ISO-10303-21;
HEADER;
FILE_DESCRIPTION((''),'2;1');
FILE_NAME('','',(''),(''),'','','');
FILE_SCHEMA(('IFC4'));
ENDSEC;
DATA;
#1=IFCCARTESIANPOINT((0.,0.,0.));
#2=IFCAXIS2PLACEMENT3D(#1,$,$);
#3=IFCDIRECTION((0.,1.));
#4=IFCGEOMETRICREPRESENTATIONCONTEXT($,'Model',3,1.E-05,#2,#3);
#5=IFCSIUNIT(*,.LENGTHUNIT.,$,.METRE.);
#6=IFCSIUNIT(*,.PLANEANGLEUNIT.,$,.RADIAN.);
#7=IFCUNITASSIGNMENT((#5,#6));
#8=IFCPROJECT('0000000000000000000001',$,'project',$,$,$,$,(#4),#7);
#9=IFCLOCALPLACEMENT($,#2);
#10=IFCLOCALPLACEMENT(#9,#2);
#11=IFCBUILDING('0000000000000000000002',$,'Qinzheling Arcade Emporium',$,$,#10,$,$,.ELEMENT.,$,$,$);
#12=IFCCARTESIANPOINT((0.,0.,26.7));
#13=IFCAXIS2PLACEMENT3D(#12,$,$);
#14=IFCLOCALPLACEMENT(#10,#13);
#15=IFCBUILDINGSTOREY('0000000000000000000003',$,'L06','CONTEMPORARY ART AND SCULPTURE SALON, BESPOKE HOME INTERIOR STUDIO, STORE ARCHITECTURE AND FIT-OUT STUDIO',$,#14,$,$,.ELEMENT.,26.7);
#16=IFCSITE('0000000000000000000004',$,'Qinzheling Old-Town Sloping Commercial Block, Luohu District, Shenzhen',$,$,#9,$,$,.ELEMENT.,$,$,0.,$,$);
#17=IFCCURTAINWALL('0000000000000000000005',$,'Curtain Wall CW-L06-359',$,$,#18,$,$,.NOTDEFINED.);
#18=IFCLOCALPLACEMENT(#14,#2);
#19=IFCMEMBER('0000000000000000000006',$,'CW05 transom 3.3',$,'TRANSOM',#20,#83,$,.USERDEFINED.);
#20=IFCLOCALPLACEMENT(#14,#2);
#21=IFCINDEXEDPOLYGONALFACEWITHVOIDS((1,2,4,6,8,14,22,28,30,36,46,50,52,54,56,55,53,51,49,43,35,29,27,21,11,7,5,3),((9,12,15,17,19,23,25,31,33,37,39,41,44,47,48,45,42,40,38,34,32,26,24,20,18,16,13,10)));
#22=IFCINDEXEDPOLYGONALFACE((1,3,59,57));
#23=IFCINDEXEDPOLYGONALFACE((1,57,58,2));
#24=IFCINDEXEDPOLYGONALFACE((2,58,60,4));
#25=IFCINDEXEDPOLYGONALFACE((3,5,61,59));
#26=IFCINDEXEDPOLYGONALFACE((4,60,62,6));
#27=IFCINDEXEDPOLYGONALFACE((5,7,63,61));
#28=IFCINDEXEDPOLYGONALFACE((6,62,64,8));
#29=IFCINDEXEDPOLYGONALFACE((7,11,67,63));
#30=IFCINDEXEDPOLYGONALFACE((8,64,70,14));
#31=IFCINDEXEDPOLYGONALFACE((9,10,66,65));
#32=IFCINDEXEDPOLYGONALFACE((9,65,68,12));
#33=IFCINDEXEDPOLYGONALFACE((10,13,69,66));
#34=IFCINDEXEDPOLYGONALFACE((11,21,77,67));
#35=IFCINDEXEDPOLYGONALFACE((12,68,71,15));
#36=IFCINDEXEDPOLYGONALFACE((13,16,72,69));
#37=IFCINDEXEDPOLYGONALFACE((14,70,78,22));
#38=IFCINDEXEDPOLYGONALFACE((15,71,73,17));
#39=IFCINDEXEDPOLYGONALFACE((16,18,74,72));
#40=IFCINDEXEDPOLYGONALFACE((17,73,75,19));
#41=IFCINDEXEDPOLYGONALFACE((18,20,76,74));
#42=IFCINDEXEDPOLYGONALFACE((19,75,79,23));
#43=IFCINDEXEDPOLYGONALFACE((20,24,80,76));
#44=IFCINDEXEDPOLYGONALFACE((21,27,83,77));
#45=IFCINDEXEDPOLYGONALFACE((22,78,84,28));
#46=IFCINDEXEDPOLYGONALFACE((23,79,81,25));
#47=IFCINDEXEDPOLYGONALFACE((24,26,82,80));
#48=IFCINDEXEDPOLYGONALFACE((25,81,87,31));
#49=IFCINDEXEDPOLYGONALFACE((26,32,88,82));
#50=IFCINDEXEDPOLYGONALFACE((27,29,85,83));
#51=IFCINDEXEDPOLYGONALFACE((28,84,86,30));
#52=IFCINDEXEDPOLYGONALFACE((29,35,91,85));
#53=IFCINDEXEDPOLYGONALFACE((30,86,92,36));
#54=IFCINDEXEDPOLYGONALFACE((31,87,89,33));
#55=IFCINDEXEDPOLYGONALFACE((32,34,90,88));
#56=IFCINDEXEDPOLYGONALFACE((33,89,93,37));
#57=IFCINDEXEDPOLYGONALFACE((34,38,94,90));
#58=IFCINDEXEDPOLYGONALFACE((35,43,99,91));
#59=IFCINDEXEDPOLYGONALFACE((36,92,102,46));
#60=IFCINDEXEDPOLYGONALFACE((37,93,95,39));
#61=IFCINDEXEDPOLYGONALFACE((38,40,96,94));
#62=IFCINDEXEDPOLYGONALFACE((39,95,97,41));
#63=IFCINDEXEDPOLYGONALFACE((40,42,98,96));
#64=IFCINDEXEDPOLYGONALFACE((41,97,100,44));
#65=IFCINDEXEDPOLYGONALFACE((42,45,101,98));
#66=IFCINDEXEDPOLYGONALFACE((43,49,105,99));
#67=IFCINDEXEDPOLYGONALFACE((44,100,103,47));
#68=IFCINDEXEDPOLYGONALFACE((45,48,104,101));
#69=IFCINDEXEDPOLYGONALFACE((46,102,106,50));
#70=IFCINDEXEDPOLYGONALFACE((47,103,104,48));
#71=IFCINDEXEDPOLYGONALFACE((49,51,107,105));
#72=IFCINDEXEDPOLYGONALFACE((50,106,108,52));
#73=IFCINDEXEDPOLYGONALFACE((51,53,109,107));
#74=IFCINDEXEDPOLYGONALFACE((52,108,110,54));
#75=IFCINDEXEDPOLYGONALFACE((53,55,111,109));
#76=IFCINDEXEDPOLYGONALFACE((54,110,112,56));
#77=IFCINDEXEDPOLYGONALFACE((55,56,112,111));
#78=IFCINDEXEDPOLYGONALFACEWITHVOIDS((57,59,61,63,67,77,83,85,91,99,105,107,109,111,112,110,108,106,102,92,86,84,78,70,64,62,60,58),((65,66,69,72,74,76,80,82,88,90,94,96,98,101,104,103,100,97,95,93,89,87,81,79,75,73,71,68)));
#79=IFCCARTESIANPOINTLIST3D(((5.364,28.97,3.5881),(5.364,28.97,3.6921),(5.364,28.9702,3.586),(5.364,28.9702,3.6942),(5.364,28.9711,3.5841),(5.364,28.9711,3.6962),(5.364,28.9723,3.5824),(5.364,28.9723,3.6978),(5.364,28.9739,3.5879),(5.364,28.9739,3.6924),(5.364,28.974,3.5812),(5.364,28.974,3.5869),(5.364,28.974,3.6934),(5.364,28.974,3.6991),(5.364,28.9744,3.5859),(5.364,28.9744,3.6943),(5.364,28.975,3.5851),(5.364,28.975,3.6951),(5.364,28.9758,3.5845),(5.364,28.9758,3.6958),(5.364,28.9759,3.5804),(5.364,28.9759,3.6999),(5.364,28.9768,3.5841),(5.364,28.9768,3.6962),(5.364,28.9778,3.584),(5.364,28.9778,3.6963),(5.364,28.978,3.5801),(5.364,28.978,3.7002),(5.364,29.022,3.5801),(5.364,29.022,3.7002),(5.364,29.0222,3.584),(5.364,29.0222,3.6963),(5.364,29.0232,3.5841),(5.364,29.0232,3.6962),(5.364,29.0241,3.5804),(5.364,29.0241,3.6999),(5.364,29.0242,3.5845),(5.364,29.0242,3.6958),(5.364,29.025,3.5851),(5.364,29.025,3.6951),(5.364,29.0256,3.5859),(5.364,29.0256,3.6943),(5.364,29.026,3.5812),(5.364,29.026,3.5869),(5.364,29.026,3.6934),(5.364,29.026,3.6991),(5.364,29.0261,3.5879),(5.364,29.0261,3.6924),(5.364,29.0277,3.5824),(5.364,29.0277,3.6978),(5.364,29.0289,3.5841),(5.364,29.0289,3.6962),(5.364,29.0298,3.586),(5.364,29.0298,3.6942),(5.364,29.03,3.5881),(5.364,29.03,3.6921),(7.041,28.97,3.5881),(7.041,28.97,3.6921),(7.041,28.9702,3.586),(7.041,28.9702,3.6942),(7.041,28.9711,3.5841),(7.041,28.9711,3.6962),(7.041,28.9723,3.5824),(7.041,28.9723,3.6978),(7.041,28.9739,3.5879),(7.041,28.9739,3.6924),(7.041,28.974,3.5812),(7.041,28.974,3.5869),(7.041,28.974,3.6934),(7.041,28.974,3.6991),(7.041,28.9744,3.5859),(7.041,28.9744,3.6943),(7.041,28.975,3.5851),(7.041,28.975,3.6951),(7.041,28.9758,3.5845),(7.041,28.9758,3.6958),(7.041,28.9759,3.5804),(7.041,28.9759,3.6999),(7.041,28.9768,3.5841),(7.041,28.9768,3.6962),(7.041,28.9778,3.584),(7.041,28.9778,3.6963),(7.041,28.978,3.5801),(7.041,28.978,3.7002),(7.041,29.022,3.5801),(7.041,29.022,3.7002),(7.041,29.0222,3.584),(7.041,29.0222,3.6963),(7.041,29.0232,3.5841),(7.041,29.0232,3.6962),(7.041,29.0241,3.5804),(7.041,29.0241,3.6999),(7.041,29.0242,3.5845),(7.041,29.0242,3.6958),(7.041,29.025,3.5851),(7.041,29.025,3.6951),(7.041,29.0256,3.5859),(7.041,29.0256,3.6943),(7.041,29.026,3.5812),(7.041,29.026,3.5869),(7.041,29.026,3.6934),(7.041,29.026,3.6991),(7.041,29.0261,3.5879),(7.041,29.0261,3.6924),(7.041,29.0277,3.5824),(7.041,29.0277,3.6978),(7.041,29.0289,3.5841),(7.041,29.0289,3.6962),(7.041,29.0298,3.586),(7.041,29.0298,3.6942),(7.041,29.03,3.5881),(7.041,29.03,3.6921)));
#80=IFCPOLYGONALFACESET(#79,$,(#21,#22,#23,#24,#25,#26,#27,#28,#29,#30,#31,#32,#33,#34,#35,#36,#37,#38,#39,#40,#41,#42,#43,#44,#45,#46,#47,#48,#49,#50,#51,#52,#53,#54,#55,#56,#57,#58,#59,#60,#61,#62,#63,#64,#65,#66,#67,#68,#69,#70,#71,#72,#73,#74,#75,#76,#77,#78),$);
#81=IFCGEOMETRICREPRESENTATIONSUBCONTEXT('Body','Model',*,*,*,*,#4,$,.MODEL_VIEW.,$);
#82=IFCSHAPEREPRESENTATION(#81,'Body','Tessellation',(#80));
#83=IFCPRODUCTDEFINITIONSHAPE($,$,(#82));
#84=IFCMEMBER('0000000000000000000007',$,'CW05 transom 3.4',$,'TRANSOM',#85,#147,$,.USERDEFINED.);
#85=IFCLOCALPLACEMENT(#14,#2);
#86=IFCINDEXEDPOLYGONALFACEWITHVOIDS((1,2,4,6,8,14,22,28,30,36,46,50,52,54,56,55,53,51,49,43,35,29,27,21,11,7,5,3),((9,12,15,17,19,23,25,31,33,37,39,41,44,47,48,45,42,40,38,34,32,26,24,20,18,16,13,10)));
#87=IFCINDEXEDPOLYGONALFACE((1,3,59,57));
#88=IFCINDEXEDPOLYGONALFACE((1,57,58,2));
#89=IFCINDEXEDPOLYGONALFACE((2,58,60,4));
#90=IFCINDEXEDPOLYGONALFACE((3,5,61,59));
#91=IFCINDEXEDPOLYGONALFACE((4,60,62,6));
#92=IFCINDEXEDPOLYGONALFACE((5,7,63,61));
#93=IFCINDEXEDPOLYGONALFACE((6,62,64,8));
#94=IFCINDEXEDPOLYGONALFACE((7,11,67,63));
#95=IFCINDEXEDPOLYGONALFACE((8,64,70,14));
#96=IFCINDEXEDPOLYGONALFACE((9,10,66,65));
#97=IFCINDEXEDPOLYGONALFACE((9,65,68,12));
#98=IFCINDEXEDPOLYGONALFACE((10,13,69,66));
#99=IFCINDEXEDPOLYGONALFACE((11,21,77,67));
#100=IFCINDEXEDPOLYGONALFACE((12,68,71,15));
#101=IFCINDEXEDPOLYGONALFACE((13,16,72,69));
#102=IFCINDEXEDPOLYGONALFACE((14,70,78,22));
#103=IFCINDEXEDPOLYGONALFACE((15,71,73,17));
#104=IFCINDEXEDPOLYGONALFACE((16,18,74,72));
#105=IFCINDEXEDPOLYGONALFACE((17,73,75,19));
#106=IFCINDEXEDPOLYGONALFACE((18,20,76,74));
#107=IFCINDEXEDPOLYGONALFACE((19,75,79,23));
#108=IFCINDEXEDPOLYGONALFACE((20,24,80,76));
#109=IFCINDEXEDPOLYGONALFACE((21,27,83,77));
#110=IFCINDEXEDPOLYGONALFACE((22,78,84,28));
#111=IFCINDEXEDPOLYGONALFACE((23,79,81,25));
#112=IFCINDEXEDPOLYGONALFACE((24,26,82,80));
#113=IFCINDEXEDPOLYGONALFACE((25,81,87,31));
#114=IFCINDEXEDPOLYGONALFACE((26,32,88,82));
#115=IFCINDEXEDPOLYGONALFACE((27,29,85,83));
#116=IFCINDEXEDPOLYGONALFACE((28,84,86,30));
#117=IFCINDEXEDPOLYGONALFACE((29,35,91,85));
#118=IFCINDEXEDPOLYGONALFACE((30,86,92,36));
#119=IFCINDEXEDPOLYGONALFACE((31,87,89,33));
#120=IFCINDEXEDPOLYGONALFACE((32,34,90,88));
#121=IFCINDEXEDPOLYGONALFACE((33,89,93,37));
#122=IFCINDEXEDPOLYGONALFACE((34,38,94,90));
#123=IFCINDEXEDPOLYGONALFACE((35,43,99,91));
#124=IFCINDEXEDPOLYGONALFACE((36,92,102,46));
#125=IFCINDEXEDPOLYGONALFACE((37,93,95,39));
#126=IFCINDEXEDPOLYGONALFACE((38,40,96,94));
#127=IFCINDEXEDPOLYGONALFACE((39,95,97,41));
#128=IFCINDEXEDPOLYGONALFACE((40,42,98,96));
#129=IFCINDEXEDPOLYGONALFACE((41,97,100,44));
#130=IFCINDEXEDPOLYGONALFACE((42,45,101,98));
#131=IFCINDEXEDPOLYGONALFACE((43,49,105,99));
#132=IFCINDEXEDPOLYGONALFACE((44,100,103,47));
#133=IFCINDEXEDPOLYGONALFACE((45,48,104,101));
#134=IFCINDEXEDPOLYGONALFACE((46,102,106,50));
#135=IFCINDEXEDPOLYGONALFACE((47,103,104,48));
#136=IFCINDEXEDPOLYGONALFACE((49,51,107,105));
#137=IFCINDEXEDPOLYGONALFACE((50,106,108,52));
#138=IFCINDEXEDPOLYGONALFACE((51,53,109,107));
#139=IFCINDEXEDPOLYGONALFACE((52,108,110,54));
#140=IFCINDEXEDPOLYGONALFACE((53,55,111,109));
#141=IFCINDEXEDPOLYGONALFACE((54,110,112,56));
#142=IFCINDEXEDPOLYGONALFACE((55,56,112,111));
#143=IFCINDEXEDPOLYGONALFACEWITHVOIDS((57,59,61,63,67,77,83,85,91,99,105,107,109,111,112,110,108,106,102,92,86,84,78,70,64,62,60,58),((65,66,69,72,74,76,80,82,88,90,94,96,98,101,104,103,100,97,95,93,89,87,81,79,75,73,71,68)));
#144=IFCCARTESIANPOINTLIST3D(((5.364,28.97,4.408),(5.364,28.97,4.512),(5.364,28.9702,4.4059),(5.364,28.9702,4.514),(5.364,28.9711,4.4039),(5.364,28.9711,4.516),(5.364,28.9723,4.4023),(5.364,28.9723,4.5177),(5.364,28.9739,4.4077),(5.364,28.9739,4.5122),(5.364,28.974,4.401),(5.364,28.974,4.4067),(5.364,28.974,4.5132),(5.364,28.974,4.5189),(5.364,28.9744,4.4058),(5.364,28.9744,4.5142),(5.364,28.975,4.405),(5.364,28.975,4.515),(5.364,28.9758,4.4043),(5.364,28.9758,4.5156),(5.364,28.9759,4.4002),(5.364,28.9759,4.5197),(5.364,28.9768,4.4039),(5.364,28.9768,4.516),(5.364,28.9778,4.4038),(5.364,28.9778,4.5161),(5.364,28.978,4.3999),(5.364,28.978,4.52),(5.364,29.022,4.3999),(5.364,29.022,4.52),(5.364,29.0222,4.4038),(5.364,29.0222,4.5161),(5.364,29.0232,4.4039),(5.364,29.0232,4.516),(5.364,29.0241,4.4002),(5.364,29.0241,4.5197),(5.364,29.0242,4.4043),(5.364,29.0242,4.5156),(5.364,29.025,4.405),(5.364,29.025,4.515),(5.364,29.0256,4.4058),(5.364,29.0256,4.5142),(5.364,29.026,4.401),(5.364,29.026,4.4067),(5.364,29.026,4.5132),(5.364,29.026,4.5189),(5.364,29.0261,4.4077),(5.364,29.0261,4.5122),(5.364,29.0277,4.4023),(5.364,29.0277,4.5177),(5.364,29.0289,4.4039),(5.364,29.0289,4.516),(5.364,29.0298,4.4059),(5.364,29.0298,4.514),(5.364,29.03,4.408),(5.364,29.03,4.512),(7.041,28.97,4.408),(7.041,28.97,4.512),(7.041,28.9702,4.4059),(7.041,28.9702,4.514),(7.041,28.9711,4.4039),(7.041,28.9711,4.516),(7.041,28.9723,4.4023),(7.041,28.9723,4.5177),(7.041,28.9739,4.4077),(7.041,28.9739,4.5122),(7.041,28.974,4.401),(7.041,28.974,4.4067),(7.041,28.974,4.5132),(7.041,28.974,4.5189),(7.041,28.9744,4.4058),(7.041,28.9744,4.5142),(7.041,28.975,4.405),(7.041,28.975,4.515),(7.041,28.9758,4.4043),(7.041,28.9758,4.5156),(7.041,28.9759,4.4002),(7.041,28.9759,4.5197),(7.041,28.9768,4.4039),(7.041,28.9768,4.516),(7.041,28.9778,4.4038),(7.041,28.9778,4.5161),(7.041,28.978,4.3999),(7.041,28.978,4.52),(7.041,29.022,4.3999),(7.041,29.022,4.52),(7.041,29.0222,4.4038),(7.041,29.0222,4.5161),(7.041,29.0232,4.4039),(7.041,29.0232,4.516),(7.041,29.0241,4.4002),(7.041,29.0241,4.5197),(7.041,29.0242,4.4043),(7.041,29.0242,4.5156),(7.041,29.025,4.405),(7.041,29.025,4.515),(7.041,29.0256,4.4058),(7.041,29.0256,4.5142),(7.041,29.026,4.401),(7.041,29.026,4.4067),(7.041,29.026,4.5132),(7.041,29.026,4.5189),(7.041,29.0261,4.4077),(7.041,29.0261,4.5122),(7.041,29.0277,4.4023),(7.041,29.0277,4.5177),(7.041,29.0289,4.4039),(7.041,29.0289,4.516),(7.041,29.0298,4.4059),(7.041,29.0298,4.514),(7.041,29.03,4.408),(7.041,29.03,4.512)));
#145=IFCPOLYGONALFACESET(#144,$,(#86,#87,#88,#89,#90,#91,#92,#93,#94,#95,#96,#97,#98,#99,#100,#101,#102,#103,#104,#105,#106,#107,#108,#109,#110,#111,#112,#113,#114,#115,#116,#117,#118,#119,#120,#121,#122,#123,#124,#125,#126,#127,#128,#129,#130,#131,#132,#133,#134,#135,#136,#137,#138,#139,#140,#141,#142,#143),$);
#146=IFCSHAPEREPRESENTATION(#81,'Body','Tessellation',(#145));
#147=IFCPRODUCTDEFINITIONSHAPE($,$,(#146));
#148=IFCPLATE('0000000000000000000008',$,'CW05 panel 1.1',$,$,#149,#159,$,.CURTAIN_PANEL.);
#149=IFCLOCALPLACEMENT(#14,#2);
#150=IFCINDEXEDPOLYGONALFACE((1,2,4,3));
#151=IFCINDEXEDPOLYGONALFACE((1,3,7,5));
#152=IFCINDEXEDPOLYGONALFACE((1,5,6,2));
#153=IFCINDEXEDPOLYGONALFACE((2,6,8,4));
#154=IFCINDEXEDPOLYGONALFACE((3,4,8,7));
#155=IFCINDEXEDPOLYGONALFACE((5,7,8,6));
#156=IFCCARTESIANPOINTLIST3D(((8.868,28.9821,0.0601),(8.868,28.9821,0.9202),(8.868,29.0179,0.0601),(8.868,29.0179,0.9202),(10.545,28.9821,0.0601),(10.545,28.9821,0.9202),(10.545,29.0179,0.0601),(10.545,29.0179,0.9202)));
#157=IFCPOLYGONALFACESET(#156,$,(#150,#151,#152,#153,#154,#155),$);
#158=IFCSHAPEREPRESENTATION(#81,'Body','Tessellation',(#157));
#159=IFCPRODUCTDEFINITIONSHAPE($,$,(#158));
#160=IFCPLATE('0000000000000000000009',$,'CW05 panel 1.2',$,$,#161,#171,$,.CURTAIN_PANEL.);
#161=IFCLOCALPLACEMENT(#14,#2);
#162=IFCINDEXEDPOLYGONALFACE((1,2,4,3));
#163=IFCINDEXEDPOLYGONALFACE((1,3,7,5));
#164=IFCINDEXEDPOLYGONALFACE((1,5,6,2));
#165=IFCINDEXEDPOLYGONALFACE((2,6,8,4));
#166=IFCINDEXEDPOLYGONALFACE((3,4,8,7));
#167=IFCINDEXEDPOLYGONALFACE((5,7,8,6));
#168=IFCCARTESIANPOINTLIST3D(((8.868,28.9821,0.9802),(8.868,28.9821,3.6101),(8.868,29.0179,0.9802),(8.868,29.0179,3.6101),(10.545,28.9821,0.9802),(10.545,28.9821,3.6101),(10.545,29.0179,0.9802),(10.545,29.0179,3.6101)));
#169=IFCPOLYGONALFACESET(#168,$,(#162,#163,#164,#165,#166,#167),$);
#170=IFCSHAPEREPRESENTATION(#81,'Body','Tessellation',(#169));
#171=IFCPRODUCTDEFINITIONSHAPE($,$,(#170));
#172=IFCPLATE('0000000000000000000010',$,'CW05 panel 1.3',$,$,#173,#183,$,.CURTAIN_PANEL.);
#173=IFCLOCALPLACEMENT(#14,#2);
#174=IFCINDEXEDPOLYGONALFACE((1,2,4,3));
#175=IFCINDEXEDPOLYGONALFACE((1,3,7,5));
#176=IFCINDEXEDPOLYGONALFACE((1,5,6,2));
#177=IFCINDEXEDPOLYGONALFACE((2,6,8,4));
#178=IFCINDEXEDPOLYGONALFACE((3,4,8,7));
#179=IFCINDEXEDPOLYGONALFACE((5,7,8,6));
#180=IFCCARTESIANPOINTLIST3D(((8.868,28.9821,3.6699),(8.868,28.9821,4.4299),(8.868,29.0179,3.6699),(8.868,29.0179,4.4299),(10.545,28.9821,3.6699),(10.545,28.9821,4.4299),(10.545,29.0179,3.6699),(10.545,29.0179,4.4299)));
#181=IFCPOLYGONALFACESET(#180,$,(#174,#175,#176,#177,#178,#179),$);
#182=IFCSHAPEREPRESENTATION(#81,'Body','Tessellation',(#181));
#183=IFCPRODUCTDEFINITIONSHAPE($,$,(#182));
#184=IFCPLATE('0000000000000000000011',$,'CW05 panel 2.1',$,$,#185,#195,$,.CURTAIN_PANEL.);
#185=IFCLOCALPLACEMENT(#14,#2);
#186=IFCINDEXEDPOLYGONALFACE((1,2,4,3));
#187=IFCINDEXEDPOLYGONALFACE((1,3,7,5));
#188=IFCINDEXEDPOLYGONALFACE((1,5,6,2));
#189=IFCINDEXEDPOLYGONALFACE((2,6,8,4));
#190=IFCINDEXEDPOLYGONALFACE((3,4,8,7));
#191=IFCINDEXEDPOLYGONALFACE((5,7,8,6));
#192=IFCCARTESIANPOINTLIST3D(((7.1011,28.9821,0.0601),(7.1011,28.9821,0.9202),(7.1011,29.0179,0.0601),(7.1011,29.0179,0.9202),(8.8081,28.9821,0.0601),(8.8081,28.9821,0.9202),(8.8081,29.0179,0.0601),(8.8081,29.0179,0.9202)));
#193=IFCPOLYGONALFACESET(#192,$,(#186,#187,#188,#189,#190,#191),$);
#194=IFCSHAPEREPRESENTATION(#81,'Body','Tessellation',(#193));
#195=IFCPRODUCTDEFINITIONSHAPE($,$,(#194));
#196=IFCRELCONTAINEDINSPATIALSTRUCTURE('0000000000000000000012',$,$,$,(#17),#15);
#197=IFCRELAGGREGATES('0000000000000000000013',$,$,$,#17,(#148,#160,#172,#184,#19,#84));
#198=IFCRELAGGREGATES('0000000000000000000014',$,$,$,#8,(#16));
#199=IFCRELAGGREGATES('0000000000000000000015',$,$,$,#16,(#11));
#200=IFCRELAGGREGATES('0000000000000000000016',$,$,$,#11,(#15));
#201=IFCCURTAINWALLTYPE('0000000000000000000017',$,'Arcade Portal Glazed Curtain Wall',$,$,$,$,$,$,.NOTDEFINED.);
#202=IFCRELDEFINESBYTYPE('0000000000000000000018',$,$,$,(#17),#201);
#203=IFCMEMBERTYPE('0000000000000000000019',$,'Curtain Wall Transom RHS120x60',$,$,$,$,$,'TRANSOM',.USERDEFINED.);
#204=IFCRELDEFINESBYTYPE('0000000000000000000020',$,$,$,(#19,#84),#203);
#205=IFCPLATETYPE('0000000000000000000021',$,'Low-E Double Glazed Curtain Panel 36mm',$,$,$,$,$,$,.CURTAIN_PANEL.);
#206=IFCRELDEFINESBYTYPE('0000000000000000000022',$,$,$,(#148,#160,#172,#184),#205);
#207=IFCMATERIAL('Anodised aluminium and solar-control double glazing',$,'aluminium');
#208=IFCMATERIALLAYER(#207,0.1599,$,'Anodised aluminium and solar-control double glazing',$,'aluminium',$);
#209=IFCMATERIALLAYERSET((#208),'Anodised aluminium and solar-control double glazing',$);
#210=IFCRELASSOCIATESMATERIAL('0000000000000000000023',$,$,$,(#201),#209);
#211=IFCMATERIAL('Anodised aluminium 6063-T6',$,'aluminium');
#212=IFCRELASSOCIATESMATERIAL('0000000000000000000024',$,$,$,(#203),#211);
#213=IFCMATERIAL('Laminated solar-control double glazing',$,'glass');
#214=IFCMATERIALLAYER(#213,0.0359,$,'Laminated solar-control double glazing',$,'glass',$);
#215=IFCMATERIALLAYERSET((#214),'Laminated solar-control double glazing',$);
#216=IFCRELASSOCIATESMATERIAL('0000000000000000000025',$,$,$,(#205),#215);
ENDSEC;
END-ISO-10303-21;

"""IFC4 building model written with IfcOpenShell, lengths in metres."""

from ifc_helpers import new_model, si_unit, direction, frame, origin, origin_2d, place, context, subcontext, project, spatial, rectangle, hollow_rectangle, extrude, material, layer, layer_set, material_profile, profile_set, type_object, element, aggregate, save


model = new_model("IFC4")

# Units and contexts
model_context = context("Model", 3, precision=1e-05, world=origin(), true_north=direction((0.0, 1.0)))
body_context = subcontext(model_context, "Body", "Model", "MODEL_VIEW")
ifc_project = project(units=[si_unit("LENGTHUNIT", "METRE"), si_unit("PLANEANGLEUNIT", "RADIAN")], contexts=[model_context])

# Site, building, storey
site_placement = place(None, origin())
site = spatial("IfcSite", under=ifc_project, at=site_placement, Name="Qinzheling Old-Town Sloping Commercial Block, Luohu District, Shenzhen", CompositionType="ELEMENT", RefElevation=0.0)
building_placement = place(site_placement, origin())
building = spatial("IfcBuilding", under=site, at=building_placement, Name="Qinzheling Arcade Emporium", CompositionType="ELEMENT")
storey_placement = place(building_placement, frame((0.0, 0.0, 26.7)))
storey = spatial("IfcBuildingStorey", under=building, at=storey_placement, Name="L06", Description="CONTEMPORARY ART AND SCULPTURE SALON, BESPOKE HOME INTERIOR STUDIO, STORE ARCHITECTURE AND FIT-OUT STUDIO", CompositionType="ELEMENT", Elevation=26.7)

# Shared definitions
ifc_material_1 = material(Name="Anodised aluminium and solar-control double glazing", Category="aluminium")
ifc_material_2 = material(Name="Anodised aluminium 6063-T6", Category="aluminium")

# Curtain wall
ifc_layer_1 = layer(ifc_material_1, 0.1599, Name="Anodised aluminium and solar-control double glazing", Category="aluminium")
ifc_layer_set_1 = layer_set([ifc_layer_1], Name="Anodised aluminium and solar-control double glazing")
curtain_wall_type_1 = type_object("IfcCurtainWallType", Name="Arcade Portal Glazed Curtain Wall", PredefinedType="NOTDEFINED", material=ifc_layer_set_1)
curtain_wall_1_placement = place(storey_placement, origin())
curtain_wall_1 = element("IfcCurtainWall", 1, at=curtain_wall_1_placement, inside=storey, type_object=curtain_wall_type_1, Name="Curtain Wall CW-L06-359", PredefinedType="NOTDEFINED")

# Members
ifc_material_profile_1 = material_profile(ifc_material_2, hollow_rectangle(XDim=0.0601, YDim=0.1201, WallThickness=0.0039, InnerFilletRadius=0.0039, OuterFilletRadius=0.0081, at=origin_2d()), Name="RHS 120x60x4", Category="aluminium")
ifc_profile_set_1 = profile_set([ifc_material_profile_1], Name="Anodised aluminium 6063-T6")
member_type_1 = type_object("IfcMemberType", Name="Curtain Wall Transom RHS120x60", ElementType="TRANSOM", PredefinedType="USERDEFINED", material=ifc_profile_set_1)
member_1_placement = place(storey_placement, frame((7.041, 29.0, 3.6401), z_axis=(-1.0, 0.0, 0.0), x_axis=(0.0, -1.0, 0.0)))
member_1 = element("IfcMember", 2, at=member_1_placement, type_object=member_type_1, Name="CW05 transom 3.3", ObjectType="TRANSOM", PredefinedType="USERDEFINED", context=body_context, shape_type="SweptSolid", body=[
    extrude(hollow_rectangle(XDim=0.0601, YDim=0.1201, WallThickness=0.0039, InnerFilletRadius=0.0039, OuterFilletRadius=0.0081, at=origin_2d()), origin(), (0.0, 0.0, 1.0), 1.677),
])
member_2_placement = place(storey_placement, frame((7.041, 29.0, 4.46), z_axis=(-1.0, 0.0, 0.0), x_axis=(0.0, -1.0, 0.0)))
member_2 = element("IfcMember", 3, at=member_2_placement, type_object=member_type_1, Name="CW05 transom 3.4", ObjectType="TRANSOM", PredefinedType="USERDEFINED", context=body_context, shape_type="SweptSolid", body=[
    extrude(hollow_rectangle(XDim=0.0601, YDim=0.1201, WallThickness=0.0039, InnerFilletRadius=0.0039, OuterFilletRadius=0.0081, at=origin_2d()), origin(), (0.0, 0.0, 1.0), 1.677),
])

# Plates
ifc_material_3 = material(Name="Laminated solar-control double glazing", Category="glass")
ifc_layer_2 = layer(ifc_material_3, 0.0359, Name="Laminated solar-control double glazing", Category="glass")
ifc_layer_set_2 = layer_set([ifc_layer_2], Name="Laminated solar-control double glazing")
plate_type = type_object("IfcPlateType", Name="Low-E Double Glazed Curtain Panel 36mm", PredefinedType="CURTAIN_PANEL", material=ifc_layer_set_2)
plate_1_placement = place(storey_placement, frame((9.7065, 29.0, 0.0601), z_axis=(0.0, 0.0, 1.0), x_axis=(-1.0, 0.0, 0.0)))
plate_1 = element("IfcPlate", 4, at=plate_1_placement, type_object=plate_type, Name="CW05 panel 1.1", PredefinedType="CURTAIN_PANEL", context=body_context, shape_type="SweptSolid", body=[
    extrude(rectangle(XDim=1.677, YDim=0.0359, at=origin_2d()), origin(), (0.0, 0.0, 1.0), 0.8601),
])
plate_2_placement = place(storey_placement, frame((9.7065, 29.0, 0.9802), z_axis=(0.0, 0.0, 1.0), x_axis=(-1.0, 0.0, 0.0)))
plate_2 = element("IfcPlate", 5, at=plate_2_placement, type_object=plate_type, Name="CW05 panel 1.2", PredefinedType="CURTAIN_PANEL", context=body_context, shape_type="SweptSolid", body=[
    extrude(rectangle(XDim=1.677, YDim=0.0359, at=origin_2d()), origin(), (0.0, 0.0, 1.0), 2.6299),
])
plate_3_placement = place(storey_placement, frame((9.7065, 29.0, 3.6699), z_axis=(0.0, 0.0, 1.0), x_axis=(-1.0, 0.0, 0.0)))
plate_3 = element("IfcPlate", 6, at=plate_3_placement, type_object=plate_type, Name="CW05 panel 1.3", PredefinedType="CURTAIN_PANEL", context=body_context, shape_type="SweptSolid", body=[
    extrude(rectangle(XDim=1.677, YDim=0.0359, at=origin_2d()), origin(), (0.0, 0.0, 1.0), 0.76),
])
plate_4_placement = place(storey_placement, frame((7.9546, 29.0, 0.0601), z_axis=(0.0, 0.0, 1.0), x_axis=(-1.0, 0.0, 0.0)))
plate_4 = element("IfcPlate", 7, at=plate_4_placement, type_object=plate_type, Name="CW05 panel 2.1", PredefinedType="CURTAIN_PANEL", context=body_context, shape_type="SweptSolid", body=[
    extrude(rectangle(XDim=1.707, YDim=0.0359, at=origin_2d()), origin(), (0.0, 0.0, 1.0), 0.8601),
])
aggregate(curtain_wall_1, [plate_1, plate_2, plate_3, plate_4, member_1, member_2])

save(model, "model.ifc")
